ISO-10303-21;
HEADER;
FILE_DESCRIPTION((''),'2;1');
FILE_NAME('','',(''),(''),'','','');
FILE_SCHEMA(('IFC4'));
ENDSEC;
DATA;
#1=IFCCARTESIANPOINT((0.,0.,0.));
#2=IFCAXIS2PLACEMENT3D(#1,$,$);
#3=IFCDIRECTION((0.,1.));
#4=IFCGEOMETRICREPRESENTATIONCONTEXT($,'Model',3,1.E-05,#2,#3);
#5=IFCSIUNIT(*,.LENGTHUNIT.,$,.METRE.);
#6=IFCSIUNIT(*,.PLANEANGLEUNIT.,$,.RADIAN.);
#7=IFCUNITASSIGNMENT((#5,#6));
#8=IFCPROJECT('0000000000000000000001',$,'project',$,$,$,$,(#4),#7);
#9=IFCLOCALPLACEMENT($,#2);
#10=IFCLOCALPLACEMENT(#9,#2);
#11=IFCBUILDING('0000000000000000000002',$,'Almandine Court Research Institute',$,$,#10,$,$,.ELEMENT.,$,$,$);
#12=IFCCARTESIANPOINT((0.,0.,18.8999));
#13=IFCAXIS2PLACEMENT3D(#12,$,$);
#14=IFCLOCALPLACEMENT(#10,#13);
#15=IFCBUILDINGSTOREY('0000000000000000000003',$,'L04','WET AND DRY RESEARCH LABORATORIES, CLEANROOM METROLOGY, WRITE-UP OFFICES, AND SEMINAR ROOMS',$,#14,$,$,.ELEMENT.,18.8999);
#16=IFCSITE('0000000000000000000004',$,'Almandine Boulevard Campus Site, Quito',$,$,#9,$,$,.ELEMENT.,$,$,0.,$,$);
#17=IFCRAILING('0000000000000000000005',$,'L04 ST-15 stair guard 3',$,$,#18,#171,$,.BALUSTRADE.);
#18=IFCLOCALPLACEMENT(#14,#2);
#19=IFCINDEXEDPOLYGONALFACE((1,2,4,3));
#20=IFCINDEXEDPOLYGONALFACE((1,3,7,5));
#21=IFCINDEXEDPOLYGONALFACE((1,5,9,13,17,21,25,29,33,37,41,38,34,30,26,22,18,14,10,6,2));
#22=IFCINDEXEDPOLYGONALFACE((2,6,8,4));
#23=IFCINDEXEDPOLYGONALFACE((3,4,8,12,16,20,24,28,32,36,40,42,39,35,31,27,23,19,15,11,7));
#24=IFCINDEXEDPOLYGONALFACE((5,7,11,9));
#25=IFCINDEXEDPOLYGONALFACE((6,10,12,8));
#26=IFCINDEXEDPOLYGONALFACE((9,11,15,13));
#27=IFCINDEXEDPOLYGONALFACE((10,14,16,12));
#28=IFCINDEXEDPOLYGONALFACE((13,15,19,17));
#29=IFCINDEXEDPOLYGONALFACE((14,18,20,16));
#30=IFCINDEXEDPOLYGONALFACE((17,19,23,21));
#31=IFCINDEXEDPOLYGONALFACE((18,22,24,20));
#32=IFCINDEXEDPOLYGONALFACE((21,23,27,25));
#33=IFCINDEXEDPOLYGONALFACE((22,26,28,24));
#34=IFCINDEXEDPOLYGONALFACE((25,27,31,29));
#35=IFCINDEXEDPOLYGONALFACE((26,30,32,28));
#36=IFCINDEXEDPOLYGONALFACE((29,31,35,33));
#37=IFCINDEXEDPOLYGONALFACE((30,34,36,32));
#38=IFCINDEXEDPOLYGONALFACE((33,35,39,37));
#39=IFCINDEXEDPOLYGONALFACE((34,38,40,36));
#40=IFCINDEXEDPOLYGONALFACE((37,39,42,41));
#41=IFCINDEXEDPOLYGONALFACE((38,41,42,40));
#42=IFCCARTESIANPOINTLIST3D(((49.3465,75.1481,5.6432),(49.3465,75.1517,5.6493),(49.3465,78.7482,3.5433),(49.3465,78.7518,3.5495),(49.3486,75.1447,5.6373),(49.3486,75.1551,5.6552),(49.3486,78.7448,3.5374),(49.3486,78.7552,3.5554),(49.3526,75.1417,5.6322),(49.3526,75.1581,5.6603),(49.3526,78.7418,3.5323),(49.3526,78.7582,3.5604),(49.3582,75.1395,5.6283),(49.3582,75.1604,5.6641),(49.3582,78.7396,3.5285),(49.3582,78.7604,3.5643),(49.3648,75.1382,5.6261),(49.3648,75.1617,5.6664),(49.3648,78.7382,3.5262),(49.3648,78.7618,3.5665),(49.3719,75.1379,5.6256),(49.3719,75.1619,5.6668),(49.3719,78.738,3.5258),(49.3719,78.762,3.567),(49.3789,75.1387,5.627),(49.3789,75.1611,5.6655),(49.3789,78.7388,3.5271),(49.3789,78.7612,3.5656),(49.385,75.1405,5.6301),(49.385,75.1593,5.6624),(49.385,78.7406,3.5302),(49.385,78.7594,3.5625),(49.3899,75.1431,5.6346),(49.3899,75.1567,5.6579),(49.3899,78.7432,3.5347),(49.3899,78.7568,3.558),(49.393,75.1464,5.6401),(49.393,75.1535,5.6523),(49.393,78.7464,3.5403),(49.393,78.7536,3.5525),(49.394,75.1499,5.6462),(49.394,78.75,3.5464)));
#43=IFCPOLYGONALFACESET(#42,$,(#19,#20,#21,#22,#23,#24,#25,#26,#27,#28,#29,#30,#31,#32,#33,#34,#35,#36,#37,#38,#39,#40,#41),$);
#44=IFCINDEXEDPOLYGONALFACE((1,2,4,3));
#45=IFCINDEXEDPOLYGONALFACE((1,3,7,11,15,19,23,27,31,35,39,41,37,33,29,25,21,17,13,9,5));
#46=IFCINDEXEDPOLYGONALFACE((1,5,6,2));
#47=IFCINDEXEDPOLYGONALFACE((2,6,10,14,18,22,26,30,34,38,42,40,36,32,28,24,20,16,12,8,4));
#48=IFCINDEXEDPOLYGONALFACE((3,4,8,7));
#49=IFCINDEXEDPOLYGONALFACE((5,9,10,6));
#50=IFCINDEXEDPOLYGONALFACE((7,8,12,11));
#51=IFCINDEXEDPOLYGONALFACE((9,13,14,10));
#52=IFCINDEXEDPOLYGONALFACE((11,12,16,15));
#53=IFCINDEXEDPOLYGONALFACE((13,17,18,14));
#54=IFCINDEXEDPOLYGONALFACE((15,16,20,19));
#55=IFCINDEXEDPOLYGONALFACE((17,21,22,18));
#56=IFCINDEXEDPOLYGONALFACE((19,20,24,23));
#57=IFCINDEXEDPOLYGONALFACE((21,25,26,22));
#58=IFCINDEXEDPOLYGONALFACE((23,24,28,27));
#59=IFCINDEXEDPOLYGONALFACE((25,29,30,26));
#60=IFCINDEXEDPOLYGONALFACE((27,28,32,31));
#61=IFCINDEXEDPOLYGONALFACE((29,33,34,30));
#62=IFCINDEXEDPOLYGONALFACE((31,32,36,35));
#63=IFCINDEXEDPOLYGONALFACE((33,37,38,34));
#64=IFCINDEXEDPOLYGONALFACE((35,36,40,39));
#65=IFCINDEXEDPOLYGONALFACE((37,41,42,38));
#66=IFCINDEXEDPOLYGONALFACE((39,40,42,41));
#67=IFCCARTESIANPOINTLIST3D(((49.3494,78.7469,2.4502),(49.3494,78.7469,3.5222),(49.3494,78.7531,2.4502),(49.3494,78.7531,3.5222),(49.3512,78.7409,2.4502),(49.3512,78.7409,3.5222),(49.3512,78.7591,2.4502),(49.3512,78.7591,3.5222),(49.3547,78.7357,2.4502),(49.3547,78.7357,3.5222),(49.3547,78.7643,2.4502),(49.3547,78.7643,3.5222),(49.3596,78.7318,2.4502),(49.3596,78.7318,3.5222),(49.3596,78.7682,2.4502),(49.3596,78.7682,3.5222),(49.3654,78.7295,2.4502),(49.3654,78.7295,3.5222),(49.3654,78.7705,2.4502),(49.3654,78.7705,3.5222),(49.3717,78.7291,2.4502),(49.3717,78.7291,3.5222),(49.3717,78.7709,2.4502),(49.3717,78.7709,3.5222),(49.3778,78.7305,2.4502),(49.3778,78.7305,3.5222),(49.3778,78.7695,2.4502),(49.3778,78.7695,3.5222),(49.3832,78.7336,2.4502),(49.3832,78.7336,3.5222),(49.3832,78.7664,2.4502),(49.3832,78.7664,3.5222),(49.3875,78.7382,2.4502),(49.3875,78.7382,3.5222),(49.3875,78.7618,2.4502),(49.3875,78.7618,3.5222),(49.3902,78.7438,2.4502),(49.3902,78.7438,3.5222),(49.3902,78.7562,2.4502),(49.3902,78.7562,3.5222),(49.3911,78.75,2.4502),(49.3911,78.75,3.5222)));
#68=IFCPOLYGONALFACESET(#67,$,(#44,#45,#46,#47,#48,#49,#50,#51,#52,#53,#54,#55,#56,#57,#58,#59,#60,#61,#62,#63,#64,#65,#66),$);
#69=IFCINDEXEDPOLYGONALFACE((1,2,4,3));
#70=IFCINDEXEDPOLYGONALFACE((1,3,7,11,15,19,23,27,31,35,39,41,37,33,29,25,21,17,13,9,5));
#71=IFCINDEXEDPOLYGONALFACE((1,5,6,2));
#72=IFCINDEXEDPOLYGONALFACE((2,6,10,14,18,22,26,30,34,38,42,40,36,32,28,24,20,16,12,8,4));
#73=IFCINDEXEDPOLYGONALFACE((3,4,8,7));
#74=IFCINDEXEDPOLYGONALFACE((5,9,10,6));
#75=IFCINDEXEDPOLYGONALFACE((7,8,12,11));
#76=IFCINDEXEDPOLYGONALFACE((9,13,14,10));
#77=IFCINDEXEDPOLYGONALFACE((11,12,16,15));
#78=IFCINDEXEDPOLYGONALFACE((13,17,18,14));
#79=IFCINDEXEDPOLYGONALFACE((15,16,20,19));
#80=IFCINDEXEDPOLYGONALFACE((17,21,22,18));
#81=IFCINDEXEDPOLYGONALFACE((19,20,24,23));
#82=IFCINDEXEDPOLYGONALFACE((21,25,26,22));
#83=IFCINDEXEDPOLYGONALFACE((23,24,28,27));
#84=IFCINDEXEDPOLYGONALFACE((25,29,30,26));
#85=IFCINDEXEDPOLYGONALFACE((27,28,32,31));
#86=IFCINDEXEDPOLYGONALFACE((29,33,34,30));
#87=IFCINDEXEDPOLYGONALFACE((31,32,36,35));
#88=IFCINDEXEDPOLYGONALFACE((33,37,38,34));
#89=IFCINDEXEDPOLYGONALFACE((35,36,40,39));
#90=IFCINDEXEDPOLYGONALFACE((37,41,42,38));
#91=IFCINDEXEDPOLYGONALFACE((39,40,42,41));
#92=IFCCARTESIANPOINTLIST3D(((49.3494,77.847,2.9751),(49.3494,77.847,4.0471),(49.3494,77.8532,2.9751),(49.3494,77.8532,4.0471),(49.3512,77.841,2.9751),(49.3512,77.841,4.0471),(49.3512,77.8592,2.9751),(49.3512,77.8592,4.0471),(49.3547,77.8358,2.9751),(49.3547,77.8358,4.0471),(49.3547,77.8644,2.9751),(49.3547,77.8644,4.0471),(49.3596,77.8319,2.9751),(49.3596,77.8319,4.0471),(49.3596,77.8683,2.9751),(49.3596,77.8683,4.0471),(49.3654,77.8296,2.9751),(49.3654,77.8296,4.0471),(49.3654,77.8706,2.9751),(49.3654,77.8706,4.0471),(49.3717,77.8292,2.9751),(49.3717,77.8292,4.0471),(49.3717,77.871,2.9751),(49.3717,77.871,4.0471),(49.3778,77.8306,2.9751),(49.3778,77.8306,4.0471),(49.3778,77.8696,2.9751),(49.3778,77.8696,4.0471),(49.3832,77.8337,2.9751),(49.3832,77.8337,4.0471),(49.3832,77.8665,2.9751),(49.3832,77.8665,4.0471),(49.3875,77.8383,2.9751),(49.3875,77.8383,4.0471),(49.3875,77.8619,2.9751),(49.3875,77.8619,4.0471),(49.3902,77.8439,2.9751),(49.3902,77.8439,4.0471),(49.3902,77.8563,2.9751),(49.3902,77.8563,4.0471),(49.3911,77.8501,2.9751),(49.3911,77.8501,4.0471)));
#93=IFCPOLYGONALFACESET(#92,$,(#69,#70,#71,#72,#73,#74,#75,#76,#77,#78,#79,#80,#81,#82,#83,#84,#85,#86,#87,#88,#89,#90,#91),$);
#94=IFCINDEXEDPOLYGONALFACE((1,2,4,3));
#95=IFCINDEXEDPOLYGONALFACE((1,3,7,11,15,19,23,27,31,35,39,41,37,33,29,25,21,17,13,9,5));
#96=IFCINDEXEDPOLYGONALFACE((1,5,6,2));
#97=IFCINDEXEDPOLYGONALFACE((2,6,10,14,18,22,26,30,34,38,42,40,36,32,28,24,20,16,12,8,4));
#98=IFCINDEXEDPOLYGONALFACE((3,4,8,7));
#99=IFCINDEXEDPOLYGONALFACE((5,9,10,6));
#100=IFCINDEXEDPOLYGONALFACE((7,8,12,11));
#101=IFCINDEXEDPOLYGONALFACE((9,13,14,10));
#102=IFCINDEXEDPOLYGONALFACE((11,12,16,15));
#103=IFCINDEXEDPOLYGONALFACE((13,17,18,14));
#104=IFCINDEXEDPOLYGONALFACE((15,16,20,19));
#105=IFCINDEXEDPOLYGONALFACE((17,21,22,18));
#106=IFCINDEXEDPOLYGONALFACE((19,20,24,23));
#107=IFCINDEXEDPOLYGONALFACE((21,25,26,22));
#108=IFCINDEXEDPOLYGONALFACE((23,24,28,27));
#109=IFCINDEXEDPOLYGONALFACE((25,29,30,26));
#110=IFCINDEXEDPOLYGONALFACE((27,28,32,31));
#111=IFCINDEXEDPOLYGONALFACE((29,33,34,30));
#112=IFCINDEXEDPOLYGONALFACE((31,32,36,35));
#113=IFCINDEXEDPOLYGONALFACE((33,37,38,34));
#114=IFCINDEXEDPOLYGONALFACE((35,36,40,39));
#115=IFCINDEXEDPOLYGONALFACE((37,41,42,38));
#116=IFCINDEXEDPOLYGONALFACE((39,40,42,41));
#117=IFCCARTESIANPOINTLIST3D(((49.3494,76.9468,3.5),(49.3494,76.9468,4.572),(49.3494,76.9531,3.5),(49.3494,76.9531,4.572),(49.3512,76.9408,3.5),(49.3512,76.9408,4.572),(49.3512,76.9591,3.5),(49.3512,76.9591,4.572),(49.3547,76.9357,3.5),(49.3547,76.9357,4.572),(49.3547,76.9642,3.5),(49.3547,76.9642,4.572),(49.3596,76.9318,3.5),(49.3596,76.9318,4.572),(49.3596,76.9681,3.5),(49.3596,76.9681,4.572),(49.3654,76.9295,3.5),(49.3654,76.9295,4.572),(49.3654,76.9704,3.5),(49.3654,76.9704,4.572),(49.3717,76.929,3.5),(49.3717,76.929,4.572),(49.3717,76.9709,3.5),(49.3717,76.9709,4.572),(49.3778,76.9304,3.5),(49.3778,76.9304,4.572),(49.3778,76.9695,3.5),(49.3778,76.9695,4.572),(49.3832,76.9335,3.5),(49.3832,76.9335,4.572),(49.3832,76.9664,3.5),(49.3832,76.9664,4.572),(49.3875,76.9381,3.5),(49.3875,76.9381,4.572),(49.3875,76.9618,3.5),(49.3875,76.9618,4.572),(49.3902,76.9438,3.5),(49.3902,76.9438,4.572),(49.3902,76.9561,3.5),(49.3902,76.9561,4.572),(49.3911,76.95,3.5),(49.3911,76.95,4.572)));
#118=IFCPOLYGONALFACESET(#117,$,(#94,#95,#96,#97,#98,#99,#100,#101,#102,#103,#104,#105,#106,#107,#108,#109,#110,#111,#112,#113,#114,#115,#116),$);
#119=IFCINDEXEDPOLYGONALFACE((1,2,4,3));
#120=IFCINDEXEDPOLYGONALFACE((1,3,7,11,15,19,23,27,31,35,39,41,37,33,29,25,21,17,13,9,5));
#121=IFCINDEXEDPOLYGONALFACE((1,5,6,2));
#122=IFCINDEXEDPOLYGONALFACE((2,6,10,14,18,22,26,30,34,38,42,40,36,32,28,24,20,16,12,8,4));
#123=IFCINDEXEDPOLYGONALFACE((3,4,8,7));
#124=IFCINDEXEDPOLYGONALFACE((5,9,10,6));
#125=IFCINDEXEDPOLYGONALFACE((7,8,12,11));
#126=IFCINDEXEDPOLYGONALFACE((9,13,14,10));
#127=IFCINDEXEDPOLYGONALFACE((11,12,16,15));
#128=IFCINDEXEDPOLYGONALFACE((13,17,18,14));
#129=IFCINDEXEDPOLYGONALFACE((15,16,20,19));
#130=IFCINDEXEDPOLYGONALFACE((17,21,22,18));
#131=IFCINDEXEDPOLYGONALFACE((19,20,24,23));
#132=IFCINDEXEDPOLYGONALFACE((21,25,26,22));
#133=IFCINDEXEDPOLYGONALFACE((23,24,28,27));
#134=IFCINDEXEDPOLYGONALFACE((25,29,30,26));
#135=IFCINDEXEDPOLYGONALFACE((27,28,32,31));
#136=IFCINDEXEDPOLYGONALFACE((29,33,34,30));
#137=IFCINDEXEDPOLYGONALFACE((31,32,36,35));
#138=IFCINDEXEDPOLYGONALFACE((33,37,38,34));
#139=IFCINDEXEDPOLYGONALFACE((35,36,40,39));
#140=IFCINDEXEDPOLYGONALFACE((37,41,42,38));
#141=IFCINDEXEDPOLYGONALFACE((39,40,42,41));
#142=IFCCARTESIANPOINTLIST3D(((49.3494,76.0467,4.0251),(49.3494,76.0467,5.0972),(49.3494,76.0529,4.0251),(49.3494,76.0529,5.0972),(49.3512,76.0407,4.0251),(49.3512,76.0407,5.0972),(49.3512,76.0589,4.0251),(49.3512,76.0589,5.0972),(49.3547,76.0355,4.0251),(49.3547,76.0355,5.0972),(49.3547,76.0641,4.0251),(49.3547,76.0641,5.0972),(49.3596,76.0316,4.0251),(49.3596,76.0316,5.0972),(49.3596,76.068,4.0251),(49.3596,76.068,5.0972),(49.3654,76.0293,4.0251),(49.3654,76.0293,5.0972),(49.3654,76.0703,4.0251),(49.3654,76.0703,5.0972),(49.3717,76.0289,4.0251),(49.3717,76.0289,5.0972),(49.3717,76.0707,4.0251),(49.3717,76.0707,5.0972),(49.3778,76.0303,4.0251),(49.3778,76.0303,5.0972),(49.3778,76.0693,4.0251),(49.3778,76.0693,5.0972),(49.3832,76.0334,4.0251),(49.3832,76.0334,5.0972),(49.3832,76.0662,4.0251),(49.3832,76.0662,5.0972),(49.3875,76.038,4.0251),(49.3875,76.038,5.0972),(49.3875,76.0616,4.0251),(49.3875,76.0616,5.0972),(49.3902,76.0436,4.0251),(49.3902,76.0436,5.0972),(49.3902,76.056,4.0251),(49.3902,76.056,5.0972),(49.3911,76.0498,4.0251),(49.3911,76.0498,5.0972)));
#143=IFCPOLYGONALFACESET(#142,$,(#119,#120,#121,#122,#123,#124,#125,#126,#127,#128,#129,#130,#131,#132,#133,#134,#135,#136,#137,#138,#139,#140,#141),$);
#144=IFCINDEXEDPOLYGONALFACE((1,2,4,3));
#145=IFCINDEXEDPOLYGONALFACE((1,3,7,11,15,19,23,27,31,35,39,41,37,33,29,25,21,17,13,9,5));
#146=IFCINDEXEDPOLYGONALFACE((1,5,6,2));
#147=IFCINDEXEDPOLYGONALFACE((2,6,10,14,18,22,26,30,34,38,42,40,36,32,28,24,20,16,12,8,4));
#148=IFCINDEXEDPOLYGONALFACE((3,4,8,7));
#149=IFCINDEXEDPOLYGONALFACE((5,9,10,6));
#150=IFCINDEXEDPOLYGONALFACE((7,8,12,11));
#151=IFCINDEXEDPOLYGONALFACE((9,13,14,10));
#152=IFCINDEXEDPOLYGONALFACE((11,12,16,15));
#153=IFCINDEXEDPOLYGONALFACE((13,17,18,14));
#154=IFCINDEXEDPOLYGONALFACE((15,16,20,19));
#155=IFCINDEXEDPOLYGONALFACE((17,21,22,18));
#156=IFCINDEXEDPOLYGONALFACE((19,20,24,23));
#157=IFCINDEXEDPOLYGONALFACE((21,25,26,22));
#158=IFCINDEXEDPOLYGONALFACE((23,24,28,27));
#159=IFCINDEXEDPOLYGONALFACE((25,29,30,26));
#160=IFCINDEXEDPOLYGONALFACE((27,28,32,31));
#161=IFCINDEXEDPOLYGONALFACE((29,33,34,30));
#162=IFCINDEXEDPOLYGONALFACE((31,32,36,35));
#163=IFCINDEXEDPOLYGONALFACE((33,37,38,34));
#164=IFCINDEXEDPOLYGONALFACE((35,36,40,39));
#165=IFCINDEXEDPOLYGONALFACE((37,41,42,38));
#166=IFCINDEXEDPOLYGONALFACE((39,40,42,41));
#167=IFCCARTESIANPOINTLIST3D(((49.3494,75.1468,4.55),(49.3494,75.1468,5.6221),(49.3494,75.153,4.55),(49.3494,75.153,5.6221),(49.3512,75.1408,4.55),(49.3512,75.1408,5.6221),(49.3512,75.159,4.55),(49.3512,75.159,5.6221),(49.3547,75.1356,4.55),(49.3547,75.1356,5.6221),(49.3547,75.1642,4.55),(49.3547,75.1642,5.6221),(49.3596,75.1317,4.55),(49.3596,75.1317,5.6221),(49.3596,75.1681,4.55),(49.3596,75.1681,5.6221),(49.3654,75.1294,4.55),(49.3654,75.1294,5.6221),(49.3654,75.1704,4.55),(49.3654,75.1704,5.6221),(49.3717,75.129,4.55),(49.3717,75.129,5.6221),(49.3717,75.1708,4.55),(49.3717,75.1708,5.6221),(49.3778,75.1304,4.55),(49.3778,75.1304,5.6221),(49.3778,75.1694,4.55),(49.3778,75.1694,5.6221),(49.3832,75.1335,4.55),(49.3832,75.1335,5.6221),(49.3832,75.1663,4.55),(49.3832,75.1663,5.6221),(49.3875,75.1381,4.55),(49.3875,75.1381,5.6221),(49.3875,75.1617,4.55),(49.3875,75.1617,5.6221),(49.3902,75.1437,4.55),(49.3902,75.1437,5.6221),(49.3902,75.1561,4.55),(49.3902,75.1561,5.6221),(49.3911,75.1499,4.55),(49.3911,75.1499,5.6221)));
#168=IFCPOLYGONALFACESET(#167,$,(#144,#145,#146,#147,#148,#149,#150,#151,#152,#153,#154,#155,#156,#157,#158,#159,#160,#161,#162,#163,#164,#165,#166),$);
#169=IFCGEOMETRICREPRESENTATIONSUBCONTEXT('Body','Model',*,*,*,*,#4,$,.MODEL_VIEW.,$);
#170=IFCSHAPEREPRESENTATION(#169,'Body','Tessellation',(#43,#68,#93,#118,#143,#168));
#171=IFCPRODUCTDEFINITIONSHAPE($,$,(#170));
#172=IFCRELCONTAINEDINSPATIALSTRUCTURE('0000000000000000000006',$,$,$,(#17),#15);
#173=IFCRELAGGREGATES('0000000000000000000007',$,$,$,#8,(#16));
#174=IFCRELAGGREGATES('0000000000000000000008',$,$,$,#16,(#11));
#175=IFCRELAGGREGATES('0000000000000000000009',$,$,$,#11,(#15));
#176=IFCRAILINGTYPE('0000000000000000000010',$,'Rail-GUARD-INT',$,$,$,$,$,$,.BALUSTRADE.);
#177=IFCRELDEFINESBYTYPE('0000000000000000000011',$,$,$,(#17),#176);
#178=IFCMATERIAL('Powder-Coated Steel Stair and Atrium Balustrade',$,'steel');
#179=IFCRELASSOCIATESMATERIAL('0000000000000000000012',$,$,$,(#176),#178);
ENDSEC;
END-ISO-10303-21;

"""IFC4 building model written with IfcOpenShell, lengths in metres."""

from ifc_helpers import new_model, si_unit, direction, frame, origin, origin_2d, place, context, subcontext, project, spatial, circle, extrude, material, type_object, element, save


model = new_model("IFC4")

# Units and contexts
model_context = context("Model", 3, precision=1e-05, world=origin(), true_north=direction((0.0, 1.0)))
body_context = subcontext(model_context, "Body", "Model", "MODEL_VIEW")
ifc_project = project(units=[si_unit("LENGTHUNIT", "METRE"), si_unit("PLANEANGLEUNIT", "RADIAN")], contexts=[model_context])

# Site, building, storey
site_placement = place(None, origin())
site = spatial("IfcSite", under=ifc_project, at=site_placement, Name="Almandine Boulevard Campus Site, Quito", CompositionType="ELEMENT", RefElevation=0.0)
building_placement = place(site_placement, origin())
building = spatial("IfcBuilding", under=site, at=building_placement, Name="Almandine Court Research Institute", CompositionType="ELEMENT")
storey_placement = place(building_placement, frame((0.0, 0.0, 18.8999)))
storey = spatial("IfcBuildingStorey", under=building, at=storey_placement, Name="L04", Description="WET AND DRY RESEARCH LABORATORIES, CLEANROOM METROLOGY, WRITE-UP OFFICES, AND SEMINAR ROOMS", CompositionType="ELEMENT", Elevation=18.8999)

# Railing
ifc_material_1 = material(Name="Powder-Coated Steel Stair and Atrium Balustrade", Category="steel")
railing_type_1 = type_object("IfcRailingType", Name="Rail-GUARD-INT", PredefinedType="BALUSTRADE", material=ifc_material_1)
railing_1_placement = place(storey_placement, frame((49.3701, 78.75, 2.4502)))
element("IfcRailing", 1, at=railing_1_placement, inside=storey, type_object=railing_type_1, Name="L04 ST-15 stair guard 3", PredefinedType="BALUSTRADE", context=body_context, shape_type="SweptSolid", body=[
    extrude(circle(Radius=0.0239, at=origin_2d()), frame((0.0, 0.0, 1.0962), z_axis=(0.0, -0.8638, 0.503835), x_axis=(1.0, 0.0, 0.0)), (0.0, 0.0, 1.0), 4.1677),
    extrude(circle(Radius=0.021, at=origin_2d()), origin(), (0.0, 0.0, 1.0), 1.072),
    extrude(circle(Radius=0.021, at=origin_2d()), frame((0.0, -0.8999, 0.5249)), (0.0, 0.0, 1.0), 1.072),
    extrude(circle(Radius=0.021, at=origin_2d()), frame((0.0, -1.8, 1.0498)), (0.0, 0.0, 1.0), 1.072),
    extrude(circle(Radius=0.021, at=origin_2d()), frame((0.0, -2.7002, 1.575)), (0.0, 0.0, 1.0), 1.072),
    extrude(circle(Radius=0.021, at=origin_2d()), frame((0.0, -3.6001, 2.0999)), (0.0, 0.0, 1.0), 1.072),
])

save(model, "model.ifc")
